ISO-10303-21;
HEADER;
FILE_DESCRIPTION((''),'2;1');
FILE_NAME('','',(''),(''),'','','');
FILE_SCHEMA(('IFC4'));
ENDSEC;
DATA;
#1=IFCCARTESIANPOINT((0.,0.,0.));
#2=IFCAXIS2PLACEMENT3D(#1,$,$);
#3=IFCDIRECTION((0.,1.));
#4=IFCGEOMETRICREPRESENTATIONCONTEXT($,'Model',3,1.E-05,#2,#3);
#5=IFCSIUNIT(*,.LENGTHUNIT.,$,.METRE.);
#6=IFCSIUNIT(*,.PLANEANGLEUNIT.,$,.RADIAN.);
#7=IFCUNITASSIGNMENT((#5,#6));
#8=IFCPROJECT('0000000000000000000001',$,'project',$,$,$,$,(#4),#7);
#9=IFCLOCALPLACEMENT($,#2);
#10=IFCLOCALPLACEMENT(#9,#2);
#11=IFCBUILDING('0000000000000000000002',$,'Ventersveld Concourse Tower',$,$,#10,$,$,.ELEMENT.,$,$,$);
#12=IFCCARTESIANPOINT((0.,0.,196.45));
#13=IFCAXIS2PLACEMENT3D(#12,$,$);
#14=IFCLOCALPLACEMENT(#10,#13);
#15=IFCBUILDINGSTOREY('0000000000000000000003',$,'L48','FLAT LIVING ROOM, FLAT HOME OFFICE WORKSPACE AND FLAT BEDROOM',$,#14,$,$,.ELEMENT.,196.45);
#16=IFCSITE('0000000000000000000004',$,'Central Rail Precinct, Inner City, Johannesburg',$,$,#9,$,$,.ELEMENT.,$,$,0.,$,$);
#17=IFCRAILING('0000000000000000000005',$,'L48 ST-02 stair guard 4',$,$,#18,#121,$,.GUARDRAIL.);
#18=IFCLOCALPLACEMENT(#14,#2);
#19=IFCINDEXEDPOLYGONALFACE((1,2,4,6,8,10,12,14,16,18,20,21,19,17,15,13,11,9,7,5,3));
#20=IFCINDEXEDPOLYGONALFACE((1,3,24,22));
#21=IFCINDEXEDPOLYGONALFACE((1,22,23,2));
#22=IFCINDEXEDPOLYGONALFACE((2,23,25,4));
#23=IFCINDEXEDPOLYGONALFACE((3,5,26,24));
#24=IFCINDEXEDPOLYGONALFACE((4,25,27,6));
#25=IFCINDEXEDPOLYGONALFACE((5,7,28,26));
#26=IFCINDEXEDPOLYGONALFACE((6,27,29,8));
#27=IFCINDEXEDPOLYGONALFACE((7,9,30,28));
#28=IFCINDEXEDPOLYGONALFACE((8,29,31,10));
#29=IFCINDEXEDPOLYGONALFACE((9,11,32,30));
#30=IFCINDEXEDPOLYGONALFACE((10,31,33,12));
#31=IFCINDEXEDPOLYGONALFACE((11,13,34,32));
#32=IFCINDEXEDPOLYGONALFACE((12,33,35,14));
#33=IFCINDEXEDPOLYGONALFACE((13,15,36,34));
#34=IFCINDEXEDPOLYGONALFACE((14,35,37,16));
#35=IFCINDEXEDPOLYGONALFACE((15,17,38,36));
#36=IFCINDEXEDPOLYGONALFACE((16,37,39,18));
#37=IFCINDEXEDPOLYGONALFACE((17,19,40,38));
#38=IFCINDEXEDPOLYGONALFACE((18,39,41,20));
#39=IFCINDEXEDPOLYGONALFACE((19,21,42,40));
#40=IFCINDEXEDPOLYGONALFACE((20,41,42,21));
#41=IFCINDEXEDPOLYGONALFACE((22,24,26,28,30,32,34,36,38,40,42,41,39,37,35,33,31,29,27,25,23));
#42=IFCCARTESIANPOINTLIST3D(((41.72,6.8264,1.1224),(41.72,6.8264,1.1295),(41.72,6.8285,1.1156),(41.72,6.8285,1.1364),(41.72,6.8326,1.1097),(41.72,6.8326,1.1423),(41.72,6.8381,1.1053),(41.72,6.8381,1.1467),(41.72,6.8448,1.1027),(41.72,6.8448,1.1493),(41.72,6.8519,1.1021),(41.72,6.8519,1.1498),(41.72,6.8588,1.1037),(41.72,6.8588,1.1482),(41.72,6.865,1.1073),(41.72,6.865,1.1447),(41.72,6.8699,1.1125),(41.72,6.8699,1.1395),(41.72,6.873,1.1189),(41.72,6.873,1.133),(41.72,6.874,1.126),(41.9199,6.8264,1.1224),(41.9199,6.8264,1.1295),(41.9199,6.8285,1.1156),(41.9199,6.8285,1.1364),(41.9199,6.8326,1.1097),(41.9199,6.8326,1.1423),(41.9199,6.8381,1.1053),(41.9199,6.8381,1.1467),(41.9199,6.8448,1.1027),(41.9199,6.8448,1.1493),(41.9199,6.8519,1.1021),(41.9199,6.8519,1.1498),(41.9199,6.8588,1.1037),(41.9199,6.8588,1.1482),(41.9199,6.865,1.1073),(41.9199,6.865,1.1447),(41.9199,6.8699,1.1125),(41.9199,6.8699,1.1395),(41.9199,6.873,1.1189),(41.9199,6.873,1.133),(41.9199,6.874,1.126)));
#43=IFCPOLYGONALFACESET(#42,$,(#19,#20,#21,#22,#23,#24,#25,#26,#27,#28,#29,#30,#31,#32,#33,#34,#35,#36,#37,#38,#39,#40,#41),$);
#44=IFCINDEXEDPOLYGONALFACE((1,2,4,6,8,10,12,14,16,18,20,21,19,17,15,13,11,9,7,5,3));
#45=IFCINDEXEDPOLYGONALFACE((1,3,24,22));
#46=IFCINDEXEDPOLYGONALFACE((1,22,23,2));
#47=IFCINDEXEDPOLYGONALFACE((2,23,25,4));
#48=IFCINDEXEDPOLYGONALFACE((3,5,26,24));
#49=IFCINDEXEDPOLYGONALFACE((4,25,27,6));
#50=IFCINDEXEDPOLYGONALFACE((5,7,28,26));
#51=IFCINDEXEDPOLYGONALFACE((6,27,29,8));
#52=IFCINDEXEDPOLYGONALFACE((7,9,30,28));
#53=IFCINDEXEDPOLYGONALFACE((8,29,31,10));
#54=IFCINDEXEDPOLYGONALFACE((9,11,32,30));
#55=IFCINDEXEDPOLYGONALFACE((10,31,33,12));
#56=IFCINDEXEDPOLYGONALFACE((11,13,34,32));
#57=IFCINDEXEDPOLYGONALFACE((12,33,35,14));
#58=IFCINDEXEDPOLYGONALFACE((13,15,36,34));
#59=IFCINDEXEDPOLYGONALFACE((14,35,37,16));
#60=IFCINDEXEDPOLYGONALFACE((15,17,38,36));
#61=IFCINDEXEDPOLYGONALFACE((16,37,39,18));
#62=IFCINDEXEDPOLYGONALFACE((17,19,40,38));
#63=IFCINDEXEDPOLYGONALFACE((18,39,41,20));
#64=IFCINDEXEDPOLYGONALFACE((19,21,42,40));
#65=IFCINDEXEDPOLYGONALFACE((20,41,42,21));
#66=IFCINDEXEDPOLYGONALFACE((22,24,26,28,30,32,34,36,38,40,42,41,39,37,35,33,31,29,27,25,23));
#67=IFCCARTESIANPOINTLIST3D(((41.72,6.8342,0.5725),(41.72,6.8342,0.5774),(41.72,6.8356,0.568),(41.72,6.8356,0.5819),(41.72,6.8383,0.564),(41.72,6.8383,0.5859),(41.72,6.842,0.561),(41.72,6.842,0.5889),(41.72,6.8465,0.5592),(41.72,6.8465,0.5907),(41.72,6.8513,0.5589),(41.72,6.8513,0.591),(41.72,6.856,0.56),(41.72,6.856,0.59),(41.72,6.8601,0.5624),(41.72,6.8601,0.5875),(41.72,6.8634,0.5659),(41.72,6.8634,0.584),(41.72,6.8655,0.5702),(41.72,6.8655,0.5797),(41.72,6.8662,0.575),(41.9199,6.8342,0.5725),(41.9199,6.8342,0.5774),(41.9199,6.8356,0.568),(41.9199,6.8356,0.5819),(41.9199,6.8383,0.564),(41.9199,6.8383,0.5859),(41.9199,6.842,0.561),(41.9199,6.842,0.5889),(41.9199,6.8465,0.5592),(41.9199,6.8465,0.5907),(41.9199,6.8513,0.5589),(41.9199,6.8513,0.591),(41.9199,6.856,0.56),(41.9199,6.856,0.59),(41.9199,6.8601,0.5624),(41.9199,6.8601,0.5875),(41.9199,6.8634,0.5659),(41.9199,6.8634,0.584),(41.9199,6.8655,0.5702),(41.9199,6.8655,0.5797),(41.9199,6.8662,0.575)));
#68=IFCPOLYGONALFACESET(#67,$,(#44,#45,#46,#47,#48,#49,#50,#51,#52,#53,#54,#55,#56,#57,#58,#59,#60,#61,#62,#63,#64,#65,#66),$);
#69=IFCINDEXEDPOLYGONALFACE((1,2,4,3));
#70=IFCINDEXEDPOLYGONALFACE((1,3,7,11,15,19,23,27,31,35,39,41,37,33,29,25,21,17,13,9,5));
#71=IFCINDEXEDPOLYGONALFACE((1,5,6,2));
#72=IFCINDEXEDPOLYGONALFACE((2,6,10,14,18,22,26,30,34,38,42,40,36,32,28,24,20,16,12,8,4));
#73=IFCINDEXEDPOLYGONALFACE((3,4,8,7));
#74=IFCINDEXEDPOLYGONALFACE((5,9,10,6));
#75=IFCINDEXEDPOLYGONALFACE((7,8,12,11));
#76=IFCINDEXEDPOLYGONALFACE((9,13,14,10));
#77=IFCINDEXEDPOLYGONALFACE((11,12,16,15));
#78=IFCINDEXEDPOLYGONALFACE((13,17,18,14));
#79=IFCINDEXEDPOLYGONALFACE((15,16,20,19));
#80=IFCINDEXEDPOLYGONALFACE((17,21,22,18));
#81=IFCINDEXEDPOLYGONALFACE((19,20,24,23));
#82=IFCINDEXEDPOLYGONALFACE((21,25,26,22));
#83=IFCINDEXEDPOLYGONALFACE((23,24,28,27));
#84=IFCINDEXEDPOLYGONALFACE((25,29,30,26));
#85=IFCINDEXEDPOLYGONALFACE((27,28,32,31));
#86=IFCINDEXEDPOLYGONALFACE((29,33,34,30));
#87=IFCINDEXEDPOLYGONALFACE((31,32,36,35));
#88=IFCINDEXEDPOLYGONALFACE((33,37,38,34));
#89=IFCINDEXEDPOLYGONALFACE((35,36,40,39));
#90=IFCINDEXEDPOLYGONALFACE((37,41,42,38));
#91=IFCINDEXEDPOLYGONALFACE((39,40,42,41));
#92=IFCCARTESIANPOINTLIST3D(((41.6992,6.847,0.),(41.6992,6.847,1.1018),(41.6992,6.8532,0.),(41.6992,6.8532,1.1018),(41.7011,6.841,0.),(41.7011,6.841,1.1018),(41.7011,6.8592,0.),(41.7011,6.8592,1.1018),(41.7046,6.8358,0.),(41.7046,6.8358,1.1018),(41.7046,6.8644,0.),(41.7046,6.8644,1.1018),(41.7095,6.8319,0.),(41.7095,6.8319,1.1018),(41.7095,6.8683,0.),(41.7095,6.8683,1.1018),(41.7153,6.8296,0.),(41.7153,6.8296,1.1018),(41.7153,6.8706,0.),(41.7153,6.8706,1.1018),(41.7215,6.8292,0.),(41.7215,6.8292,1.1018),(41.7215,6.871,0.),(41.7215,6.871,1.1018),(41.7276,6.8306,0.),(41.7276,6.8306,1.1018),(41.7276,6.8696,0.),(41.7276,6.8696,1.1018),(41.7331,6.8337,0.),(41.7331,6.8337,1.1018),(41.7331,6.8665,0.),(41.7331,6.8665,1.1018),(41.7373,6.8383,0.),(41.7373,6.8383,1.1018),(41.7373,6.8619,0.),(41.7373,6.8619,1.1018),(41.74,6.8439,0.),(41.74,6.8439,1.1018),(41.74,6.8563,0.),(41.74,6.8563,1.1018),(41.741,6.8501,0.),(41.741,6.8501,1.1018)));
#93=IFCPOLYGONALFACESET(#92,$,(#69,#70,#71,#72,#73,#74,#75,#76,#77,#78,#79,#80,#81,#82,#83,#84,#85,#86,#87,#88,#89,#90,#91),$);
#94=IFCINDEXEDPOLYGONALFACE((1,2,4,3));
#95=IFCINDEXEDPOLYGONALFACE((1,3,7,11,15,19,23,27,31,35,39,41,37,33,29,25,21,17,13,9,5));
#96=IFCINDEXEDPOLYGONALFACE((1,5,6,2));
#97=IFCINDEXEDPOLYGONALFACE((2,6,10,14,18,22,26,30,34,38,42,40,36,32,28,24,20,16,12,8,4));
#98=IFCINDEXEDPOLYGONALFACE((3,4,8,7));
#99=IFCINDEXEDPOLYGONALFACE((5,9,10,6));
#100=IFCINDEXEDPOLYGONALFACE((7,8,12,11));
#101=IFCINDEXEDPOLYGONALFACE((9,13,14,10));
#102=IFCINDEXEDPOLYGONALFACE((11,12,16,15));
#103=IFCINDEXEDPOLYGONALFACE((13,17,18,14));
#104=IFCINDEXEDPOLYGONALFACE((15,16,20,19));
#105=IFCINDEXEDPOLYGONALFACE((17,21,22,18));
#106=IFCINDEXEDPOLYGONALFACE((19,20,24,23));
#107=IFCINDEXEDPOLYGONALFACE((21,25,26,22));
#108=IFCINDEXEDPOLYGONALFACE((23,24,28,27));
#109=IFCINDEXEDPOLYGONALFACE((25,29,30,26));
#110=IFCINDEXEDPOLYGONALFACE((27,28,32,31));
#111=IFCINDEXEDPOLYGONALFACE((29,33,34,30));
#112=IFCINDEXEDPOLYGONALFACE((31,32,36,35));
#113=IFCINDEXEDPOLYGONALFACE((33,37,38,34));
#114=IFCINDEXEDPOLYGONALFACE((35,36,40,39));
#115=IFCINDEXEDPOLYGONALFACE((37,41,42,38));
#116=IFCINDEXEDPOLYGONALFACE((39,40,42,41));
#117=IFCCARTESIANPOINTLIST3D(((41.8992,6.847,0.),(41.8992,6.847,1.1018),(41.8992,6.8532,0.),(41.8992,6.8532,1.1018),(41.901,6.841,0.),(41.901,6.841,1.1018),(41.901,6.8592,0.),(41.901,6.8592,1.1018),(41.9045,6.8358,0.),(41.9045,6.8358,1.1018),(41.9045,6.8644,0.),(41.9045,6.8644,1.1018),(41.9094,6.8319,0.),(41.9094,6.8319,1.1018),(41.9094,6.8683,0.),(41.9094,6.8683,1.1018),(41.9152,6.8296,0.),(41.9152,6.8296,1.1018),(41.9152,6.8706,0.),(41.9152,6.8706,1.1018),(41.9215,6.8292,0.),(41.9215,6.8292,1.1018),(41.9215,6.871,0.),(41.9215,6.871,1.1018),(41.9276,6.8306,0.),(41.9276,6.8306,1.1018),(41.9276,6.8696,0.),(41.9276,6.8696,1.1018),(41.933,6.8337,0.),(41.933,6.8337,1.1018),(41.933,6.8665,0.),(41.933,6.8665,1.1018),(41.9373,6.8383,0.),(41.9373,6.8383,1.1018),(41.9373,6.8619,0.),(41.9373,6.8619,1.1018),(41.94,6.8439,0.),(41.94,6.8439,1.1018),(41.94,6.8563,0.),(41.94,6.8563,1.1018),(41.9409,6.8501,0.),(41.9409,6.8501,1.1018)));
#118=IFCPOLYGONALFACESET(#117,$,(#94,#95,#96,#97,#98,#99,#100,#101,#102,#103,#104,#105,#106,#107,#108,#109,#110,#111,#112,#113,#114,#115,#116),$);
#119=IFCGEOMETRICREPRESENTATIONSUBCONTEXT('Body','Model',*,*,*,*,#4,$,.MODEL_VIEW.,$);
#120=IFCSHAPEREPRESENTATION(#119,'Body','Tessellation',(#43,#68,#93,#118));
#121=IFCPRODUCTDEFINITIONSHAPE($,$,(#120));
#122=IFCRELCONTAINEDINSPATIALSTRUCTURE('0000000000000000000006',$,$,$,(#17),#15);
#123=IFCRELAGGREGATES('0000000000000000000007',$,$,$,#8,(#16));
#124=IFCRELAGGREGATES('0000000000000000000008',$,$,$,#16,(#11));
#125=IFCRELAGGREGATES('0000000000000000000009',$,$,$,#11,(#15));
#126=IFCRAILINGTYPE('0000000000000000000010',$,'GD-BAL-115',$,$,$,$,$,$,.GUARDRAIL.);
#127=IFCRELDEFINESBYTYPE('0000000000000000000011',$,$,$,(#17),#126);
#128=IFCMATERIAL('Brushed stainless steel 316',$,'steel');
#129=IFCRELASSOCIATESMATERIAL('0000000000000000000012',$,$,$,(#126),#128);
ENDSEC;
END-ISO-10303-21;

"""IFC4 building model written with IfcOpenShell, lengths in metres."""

from ifc_helpers import new_model, si_unit, direction, frame, origin, origin_2d, place, context, subcontext, project, spatial, circle, extrude, material, type_object, element, save


model = new_model("IFC4")

# Units and contexts
model_context = context("Model", 3, precision=1e-05, world=origin(), true_north=direction((0.0, 1.0)))
body_context = subcontext(model_context, "Body", "Model", "MODEL_VIEW")
ifc_project = project(units=[si_unit("LENGTHUNIT", "METRE"), si_unit("PLANEANGLEUNIT", "RADIAN")], contexts=[model_context])

# Site, building, storey
site_placement = place(None, origin())
site = spatial("IfcSite", under=ifc_project, at=site_placement, Name="Central Rail Precinct, Inner City, Johannesburg", CompositionType="ELEMENT", RefElevation=0.0)
building_placement = place(site_placement, origin())
building = spatial("IfcBuilding", under=site, at=building_placement, Name="Ventersveld Concourse Tower", CompositionType="ELEMENT")
storey_placement = place(building_placement, frame((0.0, 0.0, 196.45)))
storey = spatial("IfcBuildingStorey", under=building, at=storey_placement, Name="L48", Description="FLAT LIVING ROOM, FLAT HOME OFFICE WORKSPACE AND FLAT BEDROOM", CompositionType="ELEMENT", Elevation=196.45)

# Shared definitions
ifc_material_1 = material(Name="Brushed stainless steel 316", Category="steel")

# Railing
railing_type_1 = type_object("IfcRailingType", Name="GD-BAL-115", PredefinedType="GUARDRAIL", material=ifc_material_1)
railing_1_placement = place(storey_placement, frame((41.72, 6.8501, 0.0)))
element("IfcRailing", 1, at=railing_1_placement, inside=storey, type_object=railing_type_1, Name="L48 ST-02 stair guard 4", PredefinedType="GUARDRAIL", context=body_context, shape_type="SweptSolid", body=[
    extrude(circle(Radius=0.0239, at=origin_2d()), frame((0.0, 0.0, 1.126), z_axis=(1.0, 0.0, 0.0), x_axis=(0.0, 1.0, 0.0)), (0.0, 0.0, 1.0), 0.2),
    extrude(circle(Radius=0.0161, at=origin_2d()), frame((0.0, 0.0, 0.575), z_axis=(1.0, 0.0, 0.0), x_axis=(0.0, 1.0, 0.0)), (0.0, 0.0, 1.0), 0.2),
    extrude(circle(Radius=0.021, at=origin_2d()), origin(), (0.0, 0.0, 1.0), 1.1018),
    extrude(circle(Radius=0.021, at=origin_2d()), frame((0.2, 0.0, 0.0)), (0.0, 0.0, 1.0), 1.1018),
])

save(model, "model.ifc")
